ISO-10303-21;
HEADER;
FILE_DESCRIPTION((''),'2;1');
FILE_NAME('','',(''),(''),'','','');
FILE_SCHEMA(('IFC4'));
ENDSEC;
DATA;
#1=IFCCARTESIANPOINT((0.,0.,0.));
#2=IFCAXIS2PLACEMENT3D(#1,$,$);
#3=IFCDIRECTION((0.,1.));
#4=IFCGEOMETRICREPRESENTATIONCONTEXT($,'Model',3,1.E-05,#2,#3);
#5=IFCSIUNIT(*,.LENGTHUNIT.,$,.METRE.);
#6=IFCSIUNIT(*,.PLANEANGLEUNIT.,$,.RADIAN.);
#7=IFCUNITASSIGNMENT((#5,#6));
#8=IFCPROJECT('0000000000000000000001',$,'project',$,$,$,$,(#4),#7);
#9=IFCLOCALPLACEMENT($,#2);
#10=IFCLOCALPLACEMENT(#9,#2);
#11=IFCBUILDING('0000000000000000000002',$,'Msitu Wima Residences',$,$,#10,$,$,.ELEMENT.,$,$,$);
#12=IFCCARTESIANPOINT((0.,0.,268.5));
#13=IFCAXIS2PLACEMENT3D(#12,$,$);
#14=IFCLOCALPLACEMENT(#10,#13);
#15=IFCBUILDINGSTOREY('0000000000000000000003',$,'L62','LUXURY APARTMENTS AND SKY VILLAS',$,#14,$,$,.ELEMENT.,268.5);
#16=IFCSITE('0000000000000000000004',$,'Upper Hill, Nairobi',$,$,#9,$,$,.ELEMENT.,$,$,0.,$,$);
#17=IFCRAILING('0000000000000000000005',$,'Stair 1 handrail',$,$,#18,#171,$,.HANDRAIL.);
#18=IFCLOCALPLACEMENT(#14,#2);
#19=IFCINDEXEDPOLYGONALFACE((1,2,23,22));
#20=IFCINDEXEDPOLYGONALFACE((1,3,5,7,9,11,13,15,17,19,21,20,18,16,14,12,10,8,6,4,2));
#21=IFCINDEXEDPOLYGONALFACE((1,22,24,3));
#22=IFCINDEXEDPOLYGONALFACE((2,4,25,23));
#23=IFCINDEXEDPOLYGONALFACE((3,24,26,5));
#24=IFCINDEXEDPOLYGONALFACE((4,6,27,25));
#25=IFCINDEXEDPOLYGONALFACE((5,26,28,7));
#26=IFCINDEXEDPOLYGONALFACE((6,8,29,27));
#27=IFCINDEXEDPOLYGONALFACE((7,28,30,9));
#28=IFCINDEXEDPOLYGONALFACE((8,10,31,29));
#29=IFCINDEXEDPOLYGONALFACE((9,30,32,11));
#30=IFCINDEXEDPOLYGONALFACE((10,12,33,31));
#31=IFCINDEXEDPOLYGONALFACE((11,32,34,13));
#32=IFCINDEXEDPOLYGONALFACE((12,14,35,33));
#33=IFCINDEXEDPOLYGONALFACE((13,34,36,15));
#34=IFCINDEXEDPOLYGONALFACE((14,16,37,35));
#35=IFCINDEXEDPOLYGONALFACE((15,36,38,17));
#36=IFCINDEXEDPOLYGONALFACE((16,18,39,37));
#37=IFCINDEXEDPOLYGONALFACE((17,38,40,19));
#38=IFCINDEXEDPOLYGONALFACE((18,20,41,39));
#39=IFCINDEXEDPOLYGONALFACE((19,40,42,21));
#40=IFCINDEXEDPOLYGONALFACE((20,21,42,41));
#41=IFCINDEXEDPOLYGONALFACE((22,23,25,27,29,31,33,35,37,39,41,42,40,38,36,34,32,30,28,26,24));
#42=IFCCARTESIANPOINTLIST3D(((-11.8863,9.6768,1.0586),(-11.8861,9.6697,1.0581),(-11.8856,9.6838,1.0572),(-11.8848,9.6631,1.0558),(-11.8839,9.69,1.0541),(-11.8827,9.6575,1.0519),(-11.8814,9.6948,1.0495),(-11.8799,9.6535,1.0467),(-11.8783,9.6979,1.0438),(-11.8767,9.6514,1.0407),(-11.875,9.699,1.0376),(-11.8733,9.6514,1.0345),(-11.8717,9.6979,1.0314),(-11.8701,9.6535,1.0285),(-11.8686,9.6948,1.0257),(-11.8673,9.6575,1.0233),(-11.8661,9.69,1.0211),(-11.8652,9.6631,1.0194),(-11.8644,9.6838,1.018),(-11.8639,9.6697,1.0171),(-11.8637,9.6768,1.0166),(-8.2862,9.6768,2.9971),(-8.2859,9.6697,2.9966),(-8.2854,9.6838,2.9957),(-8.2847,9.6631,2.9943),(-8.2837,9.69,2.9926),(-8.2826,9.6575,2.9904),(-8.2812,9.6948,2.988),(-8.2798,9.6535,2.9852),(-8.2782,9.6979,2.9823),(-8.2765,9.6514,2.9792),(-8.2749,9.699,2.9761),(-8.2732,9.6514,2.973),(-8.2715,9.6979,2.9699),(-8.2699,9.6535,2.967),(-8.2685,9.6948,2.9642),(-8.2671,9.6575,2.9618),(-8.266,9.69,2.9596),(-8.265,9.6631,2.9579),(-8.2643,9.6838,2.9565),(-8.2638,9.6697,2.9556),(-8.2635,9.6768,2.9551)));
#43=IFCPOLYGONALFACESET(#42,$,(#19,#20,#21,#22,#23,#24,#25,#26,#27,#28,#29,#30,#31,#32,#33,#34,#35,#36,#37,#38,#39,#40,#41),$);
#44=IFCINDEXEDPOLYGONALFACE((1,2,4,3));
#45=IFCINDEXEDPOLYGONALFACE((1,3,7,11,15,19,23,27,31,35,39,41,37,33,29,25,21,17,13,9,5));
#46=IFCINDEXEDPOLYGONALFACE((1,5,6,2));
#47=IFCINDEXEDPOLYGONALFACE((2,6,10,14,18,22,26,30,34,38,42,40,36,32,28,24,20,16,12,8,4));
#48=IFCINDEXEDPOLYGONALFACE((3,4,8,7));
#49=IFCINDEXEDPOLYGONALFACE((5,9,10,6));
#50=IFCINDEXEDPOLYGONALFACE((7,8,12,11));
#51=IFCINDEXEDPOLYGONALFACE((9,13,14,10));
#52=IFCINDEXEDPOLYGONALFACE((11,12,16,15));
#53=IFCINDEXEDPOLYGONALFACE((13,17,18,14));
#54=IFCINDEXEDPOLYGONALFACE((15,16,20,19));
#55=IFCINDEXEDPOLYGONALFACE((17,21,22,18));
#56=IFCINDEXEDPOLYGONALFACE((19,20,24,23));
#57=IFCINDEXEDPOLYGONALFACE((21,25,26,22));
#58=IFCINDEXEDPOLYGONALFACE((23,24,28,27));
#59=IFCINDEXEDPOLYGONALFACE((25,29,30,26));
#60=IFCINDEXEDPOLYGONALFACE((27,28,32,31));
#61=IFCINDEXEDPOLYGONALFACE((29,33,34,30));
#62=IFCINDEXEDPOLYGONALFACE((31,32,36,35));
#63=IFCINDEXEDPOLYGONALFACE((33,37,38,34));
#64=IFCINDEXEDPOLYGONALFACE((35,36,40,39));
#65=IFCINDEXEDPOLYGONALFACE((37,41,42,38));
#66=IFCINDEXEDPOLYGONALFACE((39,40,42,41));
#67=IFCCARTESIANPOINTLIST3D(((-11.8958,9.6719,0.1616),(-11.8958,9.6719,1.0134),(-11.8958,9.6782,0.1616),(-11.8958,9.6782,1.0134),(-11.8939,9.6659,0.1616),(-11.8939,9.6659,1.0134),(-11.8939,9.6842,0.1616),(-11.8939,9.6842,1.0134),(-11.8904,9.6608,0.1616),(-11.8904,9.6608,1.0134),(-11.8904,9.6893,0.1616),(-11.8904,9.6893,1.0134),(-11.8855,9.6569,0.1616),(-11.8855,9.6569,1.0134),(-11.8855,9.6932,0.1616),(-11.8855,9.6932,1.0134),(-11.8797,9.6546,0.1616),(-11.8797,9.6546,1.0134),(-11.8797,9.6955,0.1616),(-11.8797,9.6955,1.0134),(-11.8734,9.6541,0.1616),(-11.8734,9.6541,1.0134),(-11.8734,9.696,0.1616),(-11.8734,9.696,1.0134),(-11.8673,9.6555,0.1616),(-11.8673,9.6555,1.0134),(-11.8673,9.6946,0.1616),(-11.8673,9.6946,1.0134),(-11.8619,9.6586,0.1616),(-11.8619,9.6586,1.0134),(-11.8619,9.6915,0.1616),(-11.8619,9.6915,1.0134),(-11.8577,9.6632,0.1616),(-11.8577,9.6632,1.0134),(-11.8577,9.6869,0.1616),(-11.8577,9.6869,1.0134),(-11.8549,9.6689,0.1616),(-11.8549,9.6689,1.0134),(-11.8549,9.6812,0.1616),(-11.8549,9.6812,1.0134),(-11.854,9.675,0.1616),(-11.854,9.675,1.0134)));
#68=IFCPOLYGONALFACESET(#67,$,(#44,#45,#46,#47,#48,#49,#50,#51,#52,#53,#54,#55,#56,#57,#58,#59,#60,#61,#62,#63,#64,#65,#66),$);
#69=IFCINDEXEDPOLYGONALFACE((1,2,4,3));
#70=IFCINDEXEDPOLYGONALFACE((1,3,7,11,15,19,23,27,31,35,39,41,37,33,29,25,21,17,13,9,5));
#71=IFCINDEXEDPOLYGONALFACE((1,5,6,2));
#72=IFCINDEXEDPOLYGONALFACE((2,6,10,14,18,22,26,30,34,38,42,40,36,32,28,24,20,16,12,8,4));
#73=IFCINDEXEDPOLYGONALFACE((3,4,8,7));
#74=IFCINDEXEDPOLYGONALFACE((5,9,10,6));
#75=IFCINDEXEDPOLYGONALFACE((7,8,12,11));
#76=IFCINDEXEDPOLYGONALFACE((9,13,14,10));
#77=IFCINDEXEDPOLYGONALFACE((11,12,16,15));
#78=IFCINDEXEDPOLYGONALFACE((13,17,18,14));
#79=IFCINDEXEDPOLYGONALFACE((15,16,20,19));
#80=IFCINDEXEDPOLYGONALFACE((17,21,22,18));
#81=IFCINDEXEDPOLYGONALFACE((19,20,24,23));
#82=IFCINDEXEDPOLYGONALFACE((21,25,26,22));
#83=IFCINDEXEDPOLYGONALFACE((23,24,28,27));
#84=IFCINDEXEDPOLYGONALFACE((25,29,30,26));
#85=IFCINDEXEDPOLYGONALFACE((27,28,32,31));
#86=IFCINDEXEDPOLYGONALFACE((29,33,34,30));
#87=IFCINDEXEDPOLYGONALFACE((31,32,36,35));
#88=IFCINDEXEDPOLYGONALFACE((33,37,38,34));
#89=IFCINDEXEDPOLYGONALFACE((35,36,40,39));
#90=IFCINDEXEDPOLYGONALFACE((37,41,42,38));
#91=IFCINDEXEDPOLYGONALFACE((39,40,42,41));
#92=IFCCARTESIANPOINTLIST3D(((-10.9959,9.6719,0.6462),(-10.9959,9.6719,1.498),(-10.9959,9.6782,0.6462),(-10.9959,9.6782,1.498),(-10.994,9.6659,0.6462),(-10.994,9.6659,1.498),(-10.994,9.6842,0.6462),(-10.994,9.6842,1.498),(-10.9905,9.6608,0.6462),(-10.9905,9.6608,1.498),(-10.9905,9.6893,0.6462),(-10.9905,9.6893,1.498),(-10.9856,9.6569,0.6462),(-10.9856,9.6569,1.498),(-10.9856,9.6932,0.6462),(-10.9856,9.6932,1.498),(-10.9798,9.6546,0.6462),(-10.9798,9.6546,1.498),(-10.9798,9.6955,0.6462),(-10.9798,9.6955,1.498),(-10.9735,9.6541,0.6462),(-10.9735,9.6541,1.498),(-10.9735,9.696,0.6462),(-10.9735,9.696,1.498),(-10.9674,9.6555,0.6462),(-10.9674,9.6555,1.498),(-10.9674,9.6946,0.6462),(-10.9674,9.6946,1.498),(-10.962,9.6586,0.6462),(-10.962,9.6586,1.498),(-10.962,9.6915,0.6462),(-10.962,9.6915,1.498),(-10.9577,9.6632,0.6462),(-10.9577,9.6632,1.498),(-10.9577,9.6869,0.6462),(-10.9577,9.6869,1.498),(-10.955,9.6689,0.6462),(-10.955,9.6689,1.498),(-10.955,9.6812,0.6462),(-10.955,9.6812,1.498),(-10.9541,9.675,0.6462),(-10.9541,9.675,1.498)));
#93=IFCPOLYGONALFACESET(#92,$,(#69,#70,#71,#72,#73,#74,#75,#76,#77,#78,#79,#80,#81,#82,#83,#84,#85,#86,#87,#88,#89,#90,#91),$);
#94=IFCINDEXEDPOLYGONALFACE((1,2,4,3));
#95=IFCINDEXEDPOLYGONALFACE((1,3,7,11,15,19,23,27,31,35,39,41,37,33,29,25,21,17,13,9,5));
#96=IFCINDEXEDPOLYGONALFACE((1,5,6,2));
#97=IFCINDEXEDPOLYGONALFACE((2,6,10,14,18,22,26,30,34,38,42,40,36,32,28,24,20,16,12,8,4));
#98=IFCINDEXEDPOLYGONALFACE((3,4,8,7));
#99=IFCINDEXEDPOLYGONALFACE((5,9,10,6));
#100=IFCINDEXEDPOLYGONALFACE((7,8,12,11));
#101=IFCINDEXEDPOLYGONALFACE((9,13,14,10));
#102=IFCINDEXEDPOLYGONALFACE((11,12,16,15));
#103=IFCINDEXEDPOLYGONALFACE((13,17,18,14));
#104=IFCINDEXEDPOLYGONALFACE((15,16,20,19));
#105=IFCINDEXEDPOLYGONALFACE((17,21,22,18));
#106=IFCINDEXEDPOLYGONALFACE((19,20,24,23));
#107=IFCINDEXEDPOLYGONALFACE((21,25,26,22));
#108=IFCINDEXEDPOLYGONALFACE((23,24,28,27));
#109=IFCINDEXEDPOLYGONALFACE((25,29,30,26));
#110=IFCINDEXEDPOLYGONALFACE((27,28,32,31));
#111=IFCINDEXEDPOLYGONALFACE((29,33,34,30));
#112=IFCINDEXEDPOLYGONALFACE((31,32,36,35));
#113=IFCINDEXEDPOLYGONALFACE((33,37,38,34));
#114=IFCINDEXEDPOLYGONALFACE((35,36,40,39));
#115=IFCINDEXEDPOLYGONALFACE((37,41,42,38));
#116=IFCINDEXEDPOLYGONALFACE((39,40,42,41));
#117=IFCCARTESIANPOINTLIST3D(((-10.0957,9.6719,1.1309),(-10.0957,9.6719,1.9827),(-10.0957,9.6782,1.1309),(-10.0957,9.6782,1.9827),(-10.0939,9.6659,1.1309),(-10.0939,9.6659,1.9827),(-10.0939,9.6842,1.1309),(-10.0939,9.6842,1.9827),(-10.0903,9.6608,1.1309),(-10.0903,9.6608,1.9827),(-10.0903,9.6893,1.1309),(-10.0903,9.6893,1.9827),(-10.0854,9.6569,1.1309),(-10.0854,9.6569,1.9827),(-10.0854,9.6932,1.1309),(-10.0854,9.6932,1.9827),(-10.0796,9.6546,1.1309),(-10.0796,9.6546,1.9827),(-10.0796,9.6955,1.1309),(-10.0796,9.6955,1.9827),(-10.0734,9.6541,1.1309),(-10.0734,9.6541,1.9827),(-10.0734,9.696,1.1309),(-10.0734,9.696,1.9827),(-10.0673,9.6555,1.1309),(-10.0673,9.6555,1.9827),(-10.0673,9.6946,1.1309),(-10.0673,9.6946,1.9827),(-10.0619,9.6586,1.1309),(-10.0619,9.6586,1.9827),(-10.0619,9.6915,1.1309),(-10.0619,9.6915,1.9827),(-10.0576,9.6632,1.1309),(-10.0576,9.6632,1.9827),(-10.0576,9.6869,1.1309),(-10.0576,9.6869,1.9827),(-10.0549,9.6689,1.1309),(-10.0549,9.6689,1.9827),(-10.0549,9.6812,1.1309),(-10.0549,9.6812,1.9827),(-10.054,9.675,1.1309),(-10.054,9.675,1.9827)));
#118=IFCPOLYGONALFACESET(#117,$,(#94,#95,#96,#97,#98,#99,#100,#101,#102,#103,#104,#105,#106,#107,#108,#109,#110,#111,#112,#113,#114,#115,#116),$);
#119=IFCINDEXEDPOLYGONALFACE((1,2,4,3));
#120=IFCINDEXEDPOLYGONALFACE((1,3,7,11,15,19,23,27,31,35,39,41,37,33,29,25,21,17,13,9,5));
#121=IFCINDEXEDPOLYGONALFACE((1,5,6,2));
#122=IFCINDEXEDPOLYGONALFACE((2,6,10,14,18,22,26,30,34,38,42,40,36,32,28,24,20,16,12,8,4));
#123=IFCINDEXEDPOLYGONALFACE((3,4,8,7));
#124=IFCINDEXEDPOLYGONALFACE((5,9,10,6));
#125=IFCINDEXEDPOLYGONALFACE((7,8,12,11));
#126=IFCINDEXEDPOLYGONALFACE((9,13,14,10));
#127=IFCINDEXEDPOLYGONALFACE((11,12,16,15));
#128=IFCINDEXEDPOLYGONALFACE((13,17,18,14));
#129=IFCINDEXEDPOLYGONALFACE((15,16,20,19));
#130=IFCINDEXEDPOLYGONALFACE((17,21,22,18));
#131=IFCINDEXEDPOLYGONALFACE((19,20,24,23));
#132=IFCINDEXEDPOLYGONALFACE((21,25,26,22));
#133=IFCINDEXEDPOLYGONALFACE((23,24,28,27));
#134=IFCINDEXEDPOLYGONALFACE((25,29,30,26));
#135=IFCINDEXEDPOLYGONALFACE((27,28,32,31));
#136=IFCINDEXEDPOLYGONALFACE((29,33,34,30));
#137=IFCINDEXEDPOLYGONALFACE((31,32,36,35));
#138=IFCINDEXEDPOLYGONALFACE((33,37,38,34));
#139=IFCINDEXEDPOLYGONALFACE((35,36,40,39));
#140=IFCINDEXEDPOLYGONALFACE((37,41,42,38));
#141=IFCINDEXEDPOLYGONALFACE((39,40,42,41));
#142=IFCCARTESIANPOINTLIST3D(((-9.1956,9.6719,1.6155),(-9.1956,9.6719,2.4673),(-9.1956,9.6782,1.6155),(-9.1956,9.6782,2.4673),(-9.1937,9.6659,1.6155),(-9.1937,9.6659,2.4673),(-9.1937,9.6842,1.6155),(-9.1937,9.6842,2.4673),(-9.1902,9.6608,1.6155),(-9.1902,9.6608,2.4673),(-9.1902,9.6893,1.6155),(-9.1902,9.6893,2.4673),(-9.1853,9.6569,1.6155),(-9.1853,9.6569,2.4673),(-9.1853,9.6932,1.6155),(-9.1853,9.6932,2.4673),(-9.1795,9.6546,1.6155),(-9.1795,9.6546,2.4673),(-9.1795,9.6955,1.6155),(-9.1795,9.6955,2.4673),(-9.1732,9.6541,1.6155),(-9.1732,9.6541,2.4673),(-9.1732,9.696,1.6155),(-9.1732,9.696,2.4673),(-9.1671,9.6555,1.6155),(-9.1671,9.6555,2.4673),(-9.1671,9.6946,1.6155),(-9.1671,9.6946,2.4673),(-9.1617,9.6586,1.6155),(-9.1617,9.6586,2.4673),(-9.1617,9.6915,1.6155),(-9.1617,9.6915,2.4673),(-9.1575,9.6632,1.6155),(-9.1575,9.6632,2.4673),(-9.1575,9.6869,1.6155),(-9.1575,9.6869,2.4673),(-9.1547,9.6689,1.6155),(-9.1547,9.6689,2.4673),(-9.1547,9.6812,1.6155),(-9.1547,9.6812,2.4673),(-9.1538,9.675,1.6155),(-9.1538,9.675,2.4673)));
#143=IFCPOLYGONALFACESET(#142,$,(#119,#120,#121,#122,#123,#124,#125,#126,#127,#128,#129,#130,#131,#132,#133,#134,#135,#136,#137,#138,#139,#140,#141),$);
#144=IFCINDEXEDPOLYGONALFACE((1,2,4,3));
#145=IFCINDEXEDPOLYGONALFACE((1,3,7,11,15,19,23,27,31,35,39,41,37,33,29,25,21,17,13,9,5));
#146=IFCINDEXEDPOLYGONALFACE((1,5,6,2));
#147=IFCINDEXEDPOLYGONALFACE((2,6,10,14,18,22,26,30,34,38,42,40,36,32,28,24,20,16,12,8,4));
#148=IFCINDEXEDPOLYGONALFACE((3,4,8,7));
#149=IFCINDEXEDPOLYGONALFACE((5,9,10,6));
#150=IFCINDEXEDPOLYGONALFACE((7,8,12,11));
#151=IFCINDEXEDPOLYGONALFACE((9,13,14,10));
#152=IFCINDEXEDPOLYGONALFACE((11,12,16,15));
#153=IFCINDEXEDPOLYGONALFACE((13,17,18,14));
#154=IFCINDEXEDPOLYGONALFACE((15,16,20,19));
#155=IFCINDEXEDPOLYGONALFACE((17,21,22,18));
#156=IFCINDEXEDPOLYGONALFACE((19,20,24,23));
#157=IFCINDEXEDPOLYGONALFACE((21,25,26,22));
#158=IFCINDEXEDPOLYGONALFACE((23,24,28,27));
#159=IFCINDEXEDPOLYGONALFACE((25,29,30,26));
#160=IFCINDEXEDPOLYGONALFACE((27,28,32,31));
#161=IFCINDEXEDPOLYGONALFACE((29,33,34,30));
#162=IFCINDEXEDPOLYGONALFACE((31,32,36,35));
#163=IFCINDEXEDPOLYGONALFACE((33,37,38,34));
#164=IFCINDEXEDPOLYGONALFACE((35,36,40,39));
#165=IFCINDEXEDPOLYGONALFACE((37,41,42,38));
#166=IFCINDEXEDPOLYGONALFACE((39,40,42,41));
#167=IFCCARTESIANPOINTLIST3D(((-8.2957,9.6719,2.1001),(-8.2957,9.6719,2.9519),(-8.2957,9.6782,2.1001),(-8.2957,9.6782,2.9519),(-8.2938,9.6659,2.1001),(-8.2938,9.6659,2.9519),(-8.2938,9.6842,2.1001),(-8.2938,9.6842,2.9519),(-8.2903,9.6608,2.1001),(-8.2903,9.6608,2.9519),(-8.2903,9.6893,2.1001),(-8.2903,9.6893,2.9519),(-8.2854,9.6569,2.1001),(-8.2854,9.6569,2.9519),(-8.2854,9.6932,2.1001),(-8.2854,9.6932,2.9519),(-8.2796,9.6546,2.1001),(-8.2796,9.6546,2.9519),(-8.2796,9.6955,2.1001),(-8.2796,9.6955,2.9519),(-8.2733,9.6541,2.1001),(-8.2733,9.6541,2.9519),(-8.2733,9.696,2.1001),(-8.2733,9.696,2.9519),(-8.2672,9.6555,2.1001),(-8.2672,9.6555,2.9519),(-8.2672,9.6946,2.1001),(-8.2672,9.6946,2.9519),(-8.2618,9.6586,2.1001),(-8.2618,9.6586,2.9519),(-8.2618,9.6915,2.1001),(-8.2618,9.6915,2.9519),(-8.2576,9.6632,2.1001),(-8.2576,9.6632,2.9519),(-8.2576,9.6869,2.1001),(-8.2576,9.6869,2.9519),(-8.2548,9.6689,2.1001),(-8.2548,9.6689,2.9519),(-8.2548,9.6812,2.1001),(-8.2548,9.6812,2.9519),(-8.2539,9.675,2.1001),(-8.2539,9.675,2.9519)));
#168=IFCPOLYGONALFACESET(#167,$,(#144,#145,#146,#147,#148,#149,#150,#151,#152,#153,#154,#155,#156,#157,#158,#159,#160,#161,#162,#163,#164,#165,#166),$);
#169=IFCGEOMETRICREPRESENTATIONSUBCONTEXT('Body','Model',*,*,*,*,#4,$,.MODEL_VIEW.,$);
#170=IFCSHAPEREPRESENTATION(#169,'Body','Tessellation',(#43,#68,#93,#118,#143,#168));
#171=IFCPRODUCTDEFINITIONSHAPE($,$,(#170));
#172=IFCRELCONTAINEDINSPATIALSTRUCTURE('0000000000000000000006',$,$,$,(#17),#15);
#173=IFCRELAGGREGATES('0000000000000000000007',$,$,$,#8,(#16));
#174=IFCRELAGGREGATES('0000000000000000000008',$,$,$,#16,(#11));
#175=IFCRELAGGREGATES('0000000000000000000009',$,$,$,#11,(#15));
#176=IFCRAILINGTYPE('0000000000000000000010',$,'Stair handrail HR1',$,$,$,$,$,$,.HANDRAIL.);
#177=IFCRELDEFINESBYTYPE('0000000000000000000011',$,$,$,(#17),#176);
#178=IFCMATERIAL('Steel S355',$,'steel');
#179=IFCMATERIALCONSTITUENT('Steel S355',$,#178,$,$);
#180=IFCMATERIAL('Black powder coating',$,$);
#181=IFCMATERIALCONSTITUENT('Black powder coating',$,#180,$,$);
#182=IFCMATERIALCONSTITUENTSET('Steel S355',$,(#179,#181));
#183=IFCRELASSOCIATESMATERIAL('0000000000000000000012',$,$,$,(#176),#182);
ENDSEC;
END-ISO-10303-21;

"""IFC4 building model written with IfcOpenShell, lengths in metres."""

from ifc_helpers import new_model, si_unit, direction, frame, origin, origin_2d, place, context, subcontext, project, spatial, circle, extrude, material, constituent, constituent_set, type_object, element, save


model = new_model("IFC4")

# Units and contexts
model_context = context("Model", 3, precision=1e-05, world=origin(), true_north=direction((0.0, 1.0)))
body_context = subcontext(model_context, "Body", "Model", "MODEL_VIEW")
ifc_project = project(units=[si_unit("LENGTHUNIT", "METRE"), si_unit("PLANEANGLEUNIT", "RADIAN")], contexts=[model_context])

# Site, building, storey
site_placement = place(None, origin())
site = spatial("IfcSite", under=ifc_project, at=site_placement, Name="Upper Hill, Nairobi", CompositionType="ELEMENT", RefElevation=0.0)
building_placement = place(site_placement, origin())
building = spatial("IfcBuilding", under=site, at=building_placement, Name="Msitu Wima Residences", CompositionType="ELEMENT")
storey_placement = place(building_placement, frame((0.0, 0.0, 268.5)))
storey = spatial("IfcBuildingStorey", under=building, at=storey_placement, Name="L62", Description="LUXURY APARTMENTS AND SKY VILLAS", CompositionType="ELEMENT", Elevation=268.5)

# Railing
ifc_material_1 = material(Name="Steel S355", Category="steel")
ifc_constituent_1 = constituent(ifc_material_1, Name="Steel S355")
ifc_material_2 = material(Name="Black powder coating")
ifc_constituent_2 = constituent(ifc_material_2, Name="Black powder coating")
ifc_constituent_set = constituent_set(constituents=[ifc_constituent_1, ifc_constituent_2], Name="Steel S355")
railing_type = type_object("IfcRailingType", Name="Stair handrail HR1", PredefinedType="HANDRAIL", material=ifc_constituent_set)
for number, where, name in (
    (1, (-11.875, 9.675, 0.1616), "Stair 1 handrail"),
):
    element("IfcRailing", number, at=place(storey_placement, frame(where)), inside=storey, type_object=railing_type, Name=name, PredefinedType="HANDRAIL", context=body_context, shape_type="SweptSolid", body=[
        extrude(circle(Radius=0.0239, at=origin_2d()), frame((0.0, 0.0, 0.876), z_axis=(0.880475, 0.0, 0.474093), x_axis=(0.0, 1.0, 0.0)), (0.0, 0.0, 1.0), 4.0889),
        extrude(circle(Radius=0.021, at=origin_2d()), origin(), (0.0, 0.0, 1.0), 0.8518),
        extrude(circle(Radius=0.021, at=origin_2d()), frame((0.8999, 0.0, 0.4846)), (0.0, 0.0, 1.0), 0.8518),
        extrude(circle(Radius=0.021, at=origin_2d()), frame((1.8, 0.0, 0.9692)), (0.0, 0.0, 1.0), 0.8518),
        extrude(circle(Radius=0.021, at=origin_2d()), frame((2.7002, 0.0, 1.4539)), (0.0, 0.0, 1.0), 0.8518),
        extrude(circle(Radius=0.021, at=origin_2d()), frame((3.6001, 0.0, 1.9385)), (0.0, 0.0, 1.0), 0.8518),
    ])

save(model, "model.ifc")
